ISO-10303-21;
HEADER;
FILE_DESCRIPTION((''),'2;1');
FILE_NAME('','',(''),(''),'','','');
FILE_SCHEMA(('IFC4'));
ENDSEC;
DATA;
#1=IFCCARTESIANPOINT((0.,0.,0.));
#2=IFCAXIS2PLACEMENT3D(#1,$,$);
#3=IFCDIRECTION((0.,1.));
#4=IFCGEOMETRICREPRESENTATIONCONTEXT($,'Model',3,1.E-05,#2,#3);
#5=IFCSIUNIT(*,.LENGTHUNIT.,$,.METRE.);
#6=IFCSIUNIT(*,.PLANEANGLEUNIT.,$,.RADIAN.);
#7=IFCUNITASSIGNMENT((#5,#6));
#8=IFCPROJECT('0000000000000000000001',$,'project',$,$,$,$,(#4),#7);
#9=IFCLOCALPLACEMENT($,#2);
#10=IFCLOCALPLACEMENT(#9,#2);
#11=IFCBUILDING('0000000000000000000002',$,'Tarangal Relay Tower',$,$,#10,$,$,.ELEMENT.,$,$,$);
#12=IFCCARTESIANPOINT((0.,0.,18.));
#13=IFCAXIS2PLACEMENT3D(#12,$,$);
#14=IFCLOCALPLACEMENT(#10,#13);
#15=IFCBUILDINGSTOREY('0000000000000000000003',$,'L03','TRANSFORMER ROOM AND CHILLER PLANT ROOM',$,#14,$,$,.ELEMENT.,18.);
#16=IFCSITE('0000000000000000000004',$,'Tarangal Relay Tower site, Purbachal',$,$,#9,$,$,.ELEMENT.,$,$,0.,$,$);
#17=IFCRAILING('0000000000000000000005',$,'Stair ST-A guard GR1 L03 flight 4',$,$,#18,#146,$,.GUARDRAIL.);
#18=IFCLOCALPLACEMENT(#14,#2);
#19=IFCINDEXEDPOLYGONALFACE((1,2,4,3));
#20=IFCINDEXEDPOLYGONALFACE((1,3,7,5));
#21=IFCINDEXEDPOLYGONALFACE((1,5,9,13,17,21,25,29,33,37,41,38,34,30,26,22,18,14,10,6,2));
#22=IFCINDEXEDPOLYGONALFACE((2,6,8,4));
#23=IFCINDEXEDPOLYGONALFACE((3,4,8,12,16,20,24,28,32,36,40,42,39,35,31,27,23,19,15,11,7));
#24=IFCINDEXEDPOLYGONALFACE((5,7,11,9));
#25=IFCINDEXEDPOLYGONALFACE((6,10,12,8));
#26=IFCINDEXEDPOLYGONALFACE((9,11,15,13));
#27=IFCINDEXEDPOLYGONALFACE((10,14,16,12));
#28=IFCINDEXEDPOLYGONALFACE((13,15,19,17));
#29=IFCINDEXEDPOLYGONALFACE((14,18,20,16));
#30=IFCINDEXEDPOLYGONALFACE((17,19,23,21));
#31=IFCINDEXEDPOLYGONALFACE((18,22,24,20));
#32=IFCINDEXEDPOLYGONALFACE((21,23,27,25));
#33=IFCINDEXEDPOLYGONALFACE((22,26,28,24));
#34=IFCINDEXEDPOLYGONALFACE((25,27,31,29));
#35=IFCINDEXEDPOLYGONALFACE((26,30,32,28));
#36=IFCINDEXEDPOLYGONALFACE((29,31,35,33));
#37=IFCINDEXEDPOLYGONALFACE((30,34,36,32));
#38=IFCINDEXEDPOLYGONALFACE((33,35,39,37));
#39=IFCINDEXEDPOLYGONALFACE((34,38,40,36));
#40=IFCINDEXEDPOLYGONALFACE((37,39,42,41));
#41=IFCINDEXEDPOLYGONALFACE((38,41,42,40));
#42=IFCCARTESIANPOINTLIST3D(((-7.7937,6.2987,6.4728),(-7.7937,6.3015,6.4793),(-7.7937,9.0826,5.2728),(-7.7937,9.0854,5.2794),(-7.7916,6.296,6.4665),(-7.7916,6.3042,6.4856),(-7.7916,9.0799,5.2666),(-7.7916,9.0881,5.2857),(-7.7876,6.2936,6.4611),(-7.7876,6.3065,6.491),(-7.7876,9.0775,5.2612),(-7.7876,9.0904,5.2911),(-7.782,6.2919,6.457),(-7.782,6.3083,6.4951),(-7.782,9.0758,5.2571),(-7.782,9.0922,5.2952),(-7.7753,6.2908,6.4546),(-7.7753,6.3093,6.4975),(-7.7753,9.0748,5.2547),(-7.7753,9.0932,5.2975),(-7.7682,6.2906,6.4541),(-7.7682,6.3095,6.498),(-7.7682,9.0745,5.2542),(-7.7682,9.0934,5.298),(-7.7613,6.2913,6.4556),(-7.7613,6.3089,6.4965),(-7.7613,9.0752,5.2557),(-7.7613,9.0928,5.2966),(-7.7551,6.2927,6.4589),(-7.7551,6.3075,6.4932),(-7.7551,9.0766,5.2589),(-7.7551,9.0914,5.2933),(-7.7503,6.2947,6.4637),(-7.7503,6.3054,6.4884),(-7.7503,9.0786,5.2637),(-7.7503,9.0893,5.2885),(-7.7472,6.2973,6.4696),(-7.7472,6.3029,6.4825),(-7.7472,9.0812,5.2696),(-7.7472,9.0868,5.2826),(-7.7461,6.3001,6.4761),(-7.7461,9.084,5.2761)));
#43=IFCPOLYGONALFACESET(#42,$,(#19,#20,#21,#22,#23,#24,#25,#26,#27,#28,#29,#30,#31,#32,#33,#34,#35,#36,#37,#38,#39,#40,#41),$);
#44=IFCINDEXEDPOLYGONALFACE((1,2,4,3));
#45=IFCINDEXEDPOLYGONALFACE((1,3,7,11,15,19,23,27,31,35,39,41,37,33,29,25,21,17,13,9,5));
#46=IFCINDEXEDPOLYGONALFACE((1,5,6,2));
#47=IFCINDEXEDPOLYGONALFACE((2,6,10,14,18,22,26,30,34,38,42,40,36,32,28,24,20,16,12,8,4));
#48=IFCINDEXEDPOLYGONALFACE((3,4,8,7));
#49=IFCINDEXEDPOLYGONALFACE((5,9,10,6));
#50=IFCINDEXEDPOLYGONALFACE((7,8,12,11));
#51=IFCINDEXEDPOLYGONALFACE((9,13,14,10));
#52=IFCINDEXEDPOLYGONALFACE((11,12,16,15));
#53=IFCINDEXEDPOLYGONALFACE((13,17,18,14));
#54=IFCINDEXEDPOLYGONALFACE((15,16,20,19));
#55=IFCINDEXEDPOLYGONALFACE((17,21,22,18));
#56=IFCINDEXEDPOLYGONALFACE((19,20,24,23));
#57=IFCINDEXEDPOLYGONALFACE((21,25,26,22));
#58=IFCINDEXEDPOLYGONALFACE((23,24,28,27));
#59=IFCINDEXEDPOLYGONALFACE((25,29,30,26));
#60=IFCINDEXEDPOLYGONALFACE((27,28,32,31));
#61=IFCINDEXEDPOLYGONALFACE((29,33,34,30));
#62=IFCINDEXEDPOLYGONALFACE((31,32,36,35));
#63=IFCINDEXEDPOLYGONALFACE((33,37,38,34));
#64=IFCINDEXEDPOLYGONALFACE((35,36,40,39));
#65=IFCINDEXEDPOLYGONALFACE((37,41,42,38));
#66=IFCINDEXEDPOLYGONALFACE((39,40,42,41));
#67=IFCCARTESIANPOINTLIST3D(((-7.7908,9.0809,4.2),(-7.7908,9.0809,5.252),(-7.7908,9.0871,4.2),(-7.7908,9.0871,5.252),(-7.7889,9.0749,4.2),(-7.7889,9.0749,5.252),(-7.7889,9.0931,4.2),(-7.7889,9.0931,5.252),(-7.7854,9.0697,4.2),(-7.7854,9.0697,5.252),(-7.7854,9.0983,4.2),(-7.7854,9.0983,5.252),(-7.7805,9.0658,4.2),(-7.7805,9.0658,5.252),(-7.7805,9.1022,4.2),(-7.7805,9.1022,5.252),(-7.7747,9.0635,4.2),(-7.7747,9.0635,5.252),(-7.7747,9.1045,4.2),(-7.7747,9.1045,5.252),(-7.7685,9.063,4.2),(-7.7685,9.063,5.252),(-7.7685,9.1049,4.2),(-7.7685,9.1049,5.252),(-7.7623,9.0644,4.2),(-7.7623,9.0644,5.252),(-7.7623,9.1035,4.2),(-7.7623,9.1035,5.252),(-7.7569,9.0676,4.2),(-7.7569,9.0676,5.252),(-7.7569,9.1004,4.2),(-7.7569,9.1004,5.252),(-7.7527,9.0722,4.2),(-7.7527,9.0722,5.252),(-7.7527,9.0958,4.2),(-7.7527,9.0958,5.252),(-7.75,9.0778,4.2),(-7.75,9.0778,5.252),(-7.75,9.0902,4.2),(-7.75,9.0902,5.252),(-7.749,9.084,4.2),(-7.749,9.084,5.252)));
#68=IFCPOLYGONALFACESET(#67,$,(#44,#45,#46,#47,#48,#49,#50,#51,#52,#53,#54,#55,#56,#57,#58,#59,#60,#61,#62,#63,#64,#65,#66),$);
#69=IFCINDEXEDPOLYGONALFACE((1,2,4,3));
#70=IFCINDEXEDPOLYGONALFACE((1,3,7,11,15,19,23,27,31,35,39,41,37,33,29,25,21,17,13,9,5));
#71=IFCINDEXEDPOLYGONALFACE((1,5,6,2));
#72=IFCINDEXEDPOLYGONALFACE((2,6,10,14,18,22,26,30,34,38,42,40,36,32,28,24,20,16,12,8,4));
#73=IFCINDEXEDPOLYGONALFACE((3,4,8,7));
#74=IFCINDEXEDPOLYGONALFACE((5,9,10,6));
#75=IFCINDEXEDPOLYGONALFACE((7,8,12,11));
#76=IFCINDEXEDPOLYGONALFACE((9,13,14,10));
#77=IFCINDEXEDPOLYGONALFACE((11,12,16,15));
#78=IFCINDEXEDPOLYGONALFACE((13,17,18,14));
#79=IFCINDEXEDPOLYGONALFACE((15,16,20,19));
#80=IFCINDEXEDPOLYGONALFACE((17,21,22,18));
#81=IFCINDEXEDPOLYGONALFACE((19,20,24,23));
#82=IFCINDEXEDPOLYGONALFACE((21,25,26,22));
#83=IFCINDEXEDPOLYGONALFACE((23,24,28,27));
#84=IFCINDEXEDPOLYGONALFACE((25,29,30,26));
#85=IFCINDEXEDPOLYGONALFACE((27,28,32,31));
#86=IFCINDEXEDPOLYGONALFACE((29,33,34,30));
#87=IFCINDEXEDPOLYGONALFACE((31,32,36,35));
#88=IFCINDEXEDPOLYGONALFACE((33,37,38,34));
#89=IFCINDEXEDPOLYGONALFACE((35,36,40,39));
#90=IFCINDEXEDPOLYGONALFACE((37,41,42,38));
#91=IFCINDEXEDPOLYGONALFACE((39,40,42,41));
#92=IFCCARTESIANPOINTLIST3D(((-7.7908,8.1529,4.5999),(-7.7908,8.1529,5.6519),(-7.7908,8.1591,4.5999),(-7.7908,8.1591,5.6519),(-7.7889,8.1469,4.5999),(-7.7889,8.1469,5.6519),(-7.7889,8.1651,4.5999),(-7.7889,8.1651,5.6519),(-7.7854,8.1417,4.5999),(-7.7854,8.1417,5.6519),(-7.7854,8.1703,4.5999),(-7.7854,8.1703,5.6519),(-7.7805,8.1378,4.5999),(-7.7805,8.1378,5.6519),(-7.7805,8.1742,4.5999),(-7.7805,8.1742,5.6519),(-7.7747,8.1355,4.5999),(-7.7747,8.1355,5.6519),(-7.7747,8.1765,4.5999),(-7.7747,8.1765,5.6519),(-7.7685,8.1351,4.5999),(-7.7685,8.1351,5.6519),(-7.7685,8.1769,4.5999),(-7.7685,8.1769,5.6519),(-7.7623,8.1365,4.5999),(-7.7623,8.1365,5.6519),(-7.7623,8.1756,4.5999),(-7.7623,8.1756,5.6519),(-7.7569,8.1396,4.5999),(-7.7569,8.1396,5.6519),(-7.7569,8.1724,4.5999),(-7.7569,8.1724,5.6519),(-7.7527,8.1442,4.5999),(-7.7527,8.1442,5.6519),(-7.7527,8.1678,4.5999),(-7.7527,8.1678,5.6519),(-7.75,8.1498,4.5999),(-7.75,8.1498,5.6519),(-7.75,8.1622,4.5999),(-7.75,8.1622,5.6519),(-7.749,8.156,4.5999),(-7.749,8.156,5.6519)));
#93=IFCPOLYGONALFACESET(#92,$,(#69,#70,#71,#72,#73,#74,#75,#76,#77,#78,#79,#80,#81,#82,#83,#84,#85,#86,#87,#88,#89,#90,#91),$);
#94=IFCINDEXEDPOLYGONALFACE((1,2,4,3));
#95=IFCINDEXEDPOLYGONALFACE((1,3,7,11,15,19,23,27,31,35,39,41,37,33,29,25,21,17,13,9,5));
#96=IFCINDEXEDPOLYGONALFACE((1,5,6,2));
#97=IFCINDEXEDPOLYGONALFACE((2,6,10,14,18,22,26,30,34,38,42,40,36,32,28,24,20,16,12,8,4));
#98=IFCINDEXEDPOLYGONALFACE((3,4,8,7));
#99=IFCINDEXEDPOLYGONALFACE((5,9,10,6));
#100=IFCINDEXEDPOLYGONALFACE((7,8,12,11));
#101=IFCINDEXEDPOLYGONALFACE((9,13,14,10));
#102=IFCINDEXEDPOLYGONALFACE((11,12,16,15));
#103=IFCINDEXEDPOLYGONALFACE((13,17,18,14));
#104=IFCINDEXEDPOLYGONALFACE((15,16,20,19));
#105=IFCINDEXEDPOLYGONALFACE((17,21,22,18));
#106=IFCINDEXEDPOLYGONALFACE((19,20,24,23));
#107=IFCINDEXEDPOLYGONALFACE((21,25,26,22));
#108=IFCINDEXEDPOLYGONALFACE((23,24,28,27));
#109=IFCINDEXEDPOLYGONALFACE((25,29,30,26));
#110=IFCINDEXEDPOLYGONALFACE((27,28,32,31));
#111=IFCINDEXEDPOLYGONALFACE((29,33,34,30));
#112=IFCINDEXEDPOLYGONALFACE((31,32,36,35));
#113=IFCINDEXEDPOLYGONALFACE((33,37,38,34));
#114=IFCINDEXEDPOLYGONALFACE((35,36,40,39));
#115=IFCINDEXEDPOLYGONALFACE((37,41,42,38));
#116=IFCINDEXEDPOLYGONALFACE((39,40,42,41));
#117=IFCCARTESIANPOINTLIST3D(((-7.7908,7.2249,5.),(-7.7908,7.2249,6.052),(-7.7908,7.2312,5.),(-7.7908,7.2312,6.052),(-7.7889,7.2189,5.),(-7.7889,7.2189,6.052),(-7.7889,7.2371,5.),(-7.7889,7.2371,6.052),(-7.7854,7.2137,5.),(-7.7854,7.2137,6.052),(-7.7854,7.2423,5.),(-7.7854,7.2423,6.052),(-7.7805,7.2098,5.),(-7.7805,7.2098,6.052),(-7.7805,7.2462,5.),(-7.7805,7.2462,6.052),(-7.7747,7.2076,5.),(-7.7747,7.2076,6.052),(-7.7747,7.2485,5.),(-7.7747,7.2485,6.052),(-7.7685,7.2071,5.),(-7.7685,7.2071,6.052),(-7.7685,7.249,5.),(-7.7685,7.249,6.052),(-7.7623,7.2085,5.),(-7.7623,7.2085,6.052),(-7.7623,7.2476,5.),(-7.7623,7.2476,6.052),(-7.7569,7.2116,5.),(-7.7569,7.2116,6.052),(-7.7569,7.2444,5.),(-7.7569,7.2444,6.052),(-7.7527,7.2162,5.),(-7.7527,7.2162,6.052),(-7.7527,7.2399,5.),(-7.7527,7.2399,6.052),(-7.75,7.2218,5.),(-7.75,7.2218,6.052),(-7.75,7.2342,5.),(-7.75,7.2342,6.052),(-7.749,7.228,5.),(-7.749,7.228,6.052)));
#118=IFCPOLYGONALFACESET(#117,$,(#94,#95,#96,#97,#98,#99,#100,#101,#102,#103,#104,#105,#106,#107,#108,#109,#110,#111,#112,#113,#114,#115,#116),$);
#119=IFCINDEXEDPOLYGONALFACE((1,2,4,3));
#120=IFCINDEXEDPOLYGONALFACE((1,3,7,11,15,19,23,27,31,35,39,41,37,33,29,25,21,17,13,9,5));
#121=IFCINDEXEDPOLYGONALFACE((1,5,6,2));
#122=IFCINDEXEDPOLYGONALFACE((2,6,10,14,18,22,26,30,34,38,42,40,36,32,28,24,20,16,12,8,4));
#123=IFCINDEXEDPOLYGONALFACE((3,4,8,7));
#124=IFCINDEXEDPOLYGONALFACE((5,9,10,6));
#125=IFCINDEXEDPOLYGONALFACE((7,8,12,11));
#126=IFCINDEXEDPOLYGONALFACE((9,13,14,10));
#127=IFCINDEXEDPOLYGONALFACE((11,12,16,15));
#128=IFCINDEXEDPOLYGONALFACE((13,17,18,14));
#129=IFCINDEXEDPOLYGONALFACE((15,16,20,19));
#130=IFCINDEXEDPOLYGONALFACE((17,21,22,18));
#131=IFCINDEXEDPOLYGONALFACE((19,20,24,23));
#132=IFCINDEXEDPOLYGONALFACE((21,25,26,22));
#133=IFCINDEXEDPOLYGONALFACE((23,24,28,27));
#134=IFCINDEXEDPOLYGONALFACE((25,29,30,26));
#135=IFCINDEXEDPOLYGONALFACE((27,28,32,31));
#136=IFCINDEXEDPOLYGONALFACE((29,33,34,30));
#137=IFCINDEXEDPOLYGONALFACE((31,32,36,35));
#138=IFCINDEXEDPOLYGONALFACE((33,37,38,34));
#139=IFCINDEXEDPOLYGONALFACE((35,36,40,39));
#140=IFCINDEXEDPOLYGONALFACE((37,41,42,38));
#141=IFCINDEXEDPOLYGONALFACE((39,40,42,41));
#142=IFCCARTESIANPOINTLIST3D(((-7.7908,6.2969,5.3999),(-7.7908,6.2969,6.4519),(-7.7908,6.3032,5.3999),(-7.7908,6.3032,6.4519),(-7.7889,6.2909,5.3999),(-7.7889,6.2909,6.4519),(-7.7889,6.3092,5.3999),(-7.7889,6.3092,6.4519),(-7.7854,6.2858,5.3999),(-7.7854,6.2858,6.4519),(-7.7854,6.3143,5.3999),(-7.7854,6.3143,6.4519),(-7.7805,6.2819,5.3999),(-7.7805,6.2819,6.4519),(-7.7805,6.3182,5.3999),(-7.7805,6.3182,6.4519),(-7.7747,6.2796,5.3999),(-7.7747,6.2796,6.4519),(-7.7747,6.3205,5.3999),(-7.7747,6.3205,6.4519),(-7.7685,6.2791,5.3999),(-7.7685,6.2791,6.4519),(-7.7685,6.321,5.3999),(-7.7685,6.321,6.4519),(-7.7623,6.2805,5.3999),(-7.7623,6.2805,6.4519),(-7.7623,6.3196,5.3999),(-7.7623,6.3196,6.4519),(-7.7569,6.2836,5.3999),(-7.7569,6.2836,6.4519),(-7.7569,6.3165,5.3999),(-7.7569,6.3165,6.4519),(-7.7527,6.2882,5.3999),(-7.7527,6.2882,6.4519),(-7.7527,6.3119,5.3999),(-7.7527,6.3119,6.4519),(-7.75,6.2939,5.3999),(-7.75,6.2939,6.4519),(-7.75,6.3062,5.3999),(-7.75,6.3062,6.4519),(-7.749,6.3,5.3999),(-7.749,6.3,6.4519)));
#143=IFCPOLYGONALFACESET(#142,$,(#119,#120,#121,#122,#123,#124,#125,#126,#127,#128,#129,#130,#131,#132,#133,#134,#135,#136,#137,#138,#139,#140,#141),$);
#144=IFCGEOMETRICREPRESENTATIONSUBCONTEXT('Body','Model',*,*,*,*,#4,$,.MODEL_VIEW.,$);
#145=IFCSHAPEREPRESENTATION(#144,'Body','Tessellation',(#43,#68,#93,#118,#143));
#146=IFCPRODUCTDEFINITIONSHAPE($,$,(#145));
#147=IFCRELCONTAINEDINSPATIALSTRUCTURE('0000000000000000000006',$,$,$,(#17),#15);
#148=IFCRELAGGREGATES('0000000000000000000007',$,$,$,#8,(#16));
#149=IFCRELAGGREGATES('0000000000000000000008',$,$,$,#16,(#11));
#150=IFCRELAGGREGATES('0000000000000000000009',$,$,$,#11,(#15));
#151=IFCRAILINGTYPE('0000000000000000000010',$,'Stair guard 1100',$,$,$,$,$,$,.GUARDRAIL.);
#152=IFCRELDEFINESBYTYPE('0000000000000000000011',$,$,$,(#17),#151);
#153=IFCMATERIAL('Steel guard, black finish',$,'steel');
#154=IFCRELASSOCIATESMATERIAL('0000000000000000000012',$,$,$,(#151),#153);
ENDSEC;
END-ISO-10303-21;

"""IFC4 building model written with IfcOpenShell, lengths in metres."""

from ifc_helpers import new_model, si_unit, direction, frame, origin, origin_2d, place, context, subcontext, project, spatial, circle, extrude, material, type_object, element, save


model = new_model("IFC4")

# Units and contexts
model_context = context("Model", 3, precision=1e-05, world=origin(), true_north=direction((0.0, 1.0)))
body_context = subcontext(model_context, "Body", "Model", "MODEL_VIEW")
ifc_project = project(units=[si_unit("LENGTHUNIT", "METRE"), si_unit("PLANEANGLEUNIT", "RADIAN")], contexts=[model_context])

# Site, building, storey
site_placement = place(None, origin())
site = spatial("IfcSite", under=ifc_project, at=site_placement, Name="Tarangal Relay Tower site, Purbachal", CompositionType="ELEMENT", RefElevation=0.0)
building_placement = place(site_placement, origin())
building = spatial("IfcBuilding", under=site, at=building_placement, Name="Tarangal Relay Tower", CompositionType="ELEMENT")
storey_placement = place(building_placement, frame((0.0, 0.0, 18.0)))
storey = spatial("IfcBuildingStorey", under=building, at=storey_placement, Name="L03", Description="TRANSFORMER ROOM AND CHILLER PLANT ROOM", CompositionType="ELEMENT", Elevation=18.0)

# Railing
ifc_material_1 = material(Name="Steel guard, black finish", Category="steel")
railing_type_1 = type_object("IfcRailingType", Name="Stair guard 1100", PredefinedType="GUARDRAIL", material=ifc_material_1)
for number, where, name in (
    (1, (-7.77, 9.084, 4.2), "Stair ST-A guard GR1 L03 flight 4"),
):
    element("IfcRailing", number, at=place(storey_placement, frame(where)), inside=storey, type_object=railing_type_1, Name=name, PredefinedType="GUARDRAIL", context=body_context, shape_type="SweptSolid", body=[
        extrude(circle(Radius=0.0239, at=origin_2d()), frame((0.0, 0.0, 1.0762), z_axis=(0.0, -0.918327, 0.395823), x_axis=(1.0, 0.0, 0.0)), (0.0, 0.0, 1.0), 3.0315),
        extrude(circle(Radius=0.021, at=origin_2d()), origin(), (0.0, 0.0, 1.0), 1.052),
        extrude(circle(Radius=0.021, at=origin_2d()), frame((0.0, -0.928, 0.3999)), (0.0, 0.0, 1.0), 1.052),
        extrude(circle(Radius=0.021, at=origin_2d()), frame((0.0, -1.856, 0.8)), (0.0, 0.0, 1.0), 1.052),
        extrude(circle(Radius=0.021, at=origin_2d()), frame((0.0, -2.7839, 1.2)), (0.0, 0.0, 1.0), 1.052),
    ])

save(model, "model.ifc")
